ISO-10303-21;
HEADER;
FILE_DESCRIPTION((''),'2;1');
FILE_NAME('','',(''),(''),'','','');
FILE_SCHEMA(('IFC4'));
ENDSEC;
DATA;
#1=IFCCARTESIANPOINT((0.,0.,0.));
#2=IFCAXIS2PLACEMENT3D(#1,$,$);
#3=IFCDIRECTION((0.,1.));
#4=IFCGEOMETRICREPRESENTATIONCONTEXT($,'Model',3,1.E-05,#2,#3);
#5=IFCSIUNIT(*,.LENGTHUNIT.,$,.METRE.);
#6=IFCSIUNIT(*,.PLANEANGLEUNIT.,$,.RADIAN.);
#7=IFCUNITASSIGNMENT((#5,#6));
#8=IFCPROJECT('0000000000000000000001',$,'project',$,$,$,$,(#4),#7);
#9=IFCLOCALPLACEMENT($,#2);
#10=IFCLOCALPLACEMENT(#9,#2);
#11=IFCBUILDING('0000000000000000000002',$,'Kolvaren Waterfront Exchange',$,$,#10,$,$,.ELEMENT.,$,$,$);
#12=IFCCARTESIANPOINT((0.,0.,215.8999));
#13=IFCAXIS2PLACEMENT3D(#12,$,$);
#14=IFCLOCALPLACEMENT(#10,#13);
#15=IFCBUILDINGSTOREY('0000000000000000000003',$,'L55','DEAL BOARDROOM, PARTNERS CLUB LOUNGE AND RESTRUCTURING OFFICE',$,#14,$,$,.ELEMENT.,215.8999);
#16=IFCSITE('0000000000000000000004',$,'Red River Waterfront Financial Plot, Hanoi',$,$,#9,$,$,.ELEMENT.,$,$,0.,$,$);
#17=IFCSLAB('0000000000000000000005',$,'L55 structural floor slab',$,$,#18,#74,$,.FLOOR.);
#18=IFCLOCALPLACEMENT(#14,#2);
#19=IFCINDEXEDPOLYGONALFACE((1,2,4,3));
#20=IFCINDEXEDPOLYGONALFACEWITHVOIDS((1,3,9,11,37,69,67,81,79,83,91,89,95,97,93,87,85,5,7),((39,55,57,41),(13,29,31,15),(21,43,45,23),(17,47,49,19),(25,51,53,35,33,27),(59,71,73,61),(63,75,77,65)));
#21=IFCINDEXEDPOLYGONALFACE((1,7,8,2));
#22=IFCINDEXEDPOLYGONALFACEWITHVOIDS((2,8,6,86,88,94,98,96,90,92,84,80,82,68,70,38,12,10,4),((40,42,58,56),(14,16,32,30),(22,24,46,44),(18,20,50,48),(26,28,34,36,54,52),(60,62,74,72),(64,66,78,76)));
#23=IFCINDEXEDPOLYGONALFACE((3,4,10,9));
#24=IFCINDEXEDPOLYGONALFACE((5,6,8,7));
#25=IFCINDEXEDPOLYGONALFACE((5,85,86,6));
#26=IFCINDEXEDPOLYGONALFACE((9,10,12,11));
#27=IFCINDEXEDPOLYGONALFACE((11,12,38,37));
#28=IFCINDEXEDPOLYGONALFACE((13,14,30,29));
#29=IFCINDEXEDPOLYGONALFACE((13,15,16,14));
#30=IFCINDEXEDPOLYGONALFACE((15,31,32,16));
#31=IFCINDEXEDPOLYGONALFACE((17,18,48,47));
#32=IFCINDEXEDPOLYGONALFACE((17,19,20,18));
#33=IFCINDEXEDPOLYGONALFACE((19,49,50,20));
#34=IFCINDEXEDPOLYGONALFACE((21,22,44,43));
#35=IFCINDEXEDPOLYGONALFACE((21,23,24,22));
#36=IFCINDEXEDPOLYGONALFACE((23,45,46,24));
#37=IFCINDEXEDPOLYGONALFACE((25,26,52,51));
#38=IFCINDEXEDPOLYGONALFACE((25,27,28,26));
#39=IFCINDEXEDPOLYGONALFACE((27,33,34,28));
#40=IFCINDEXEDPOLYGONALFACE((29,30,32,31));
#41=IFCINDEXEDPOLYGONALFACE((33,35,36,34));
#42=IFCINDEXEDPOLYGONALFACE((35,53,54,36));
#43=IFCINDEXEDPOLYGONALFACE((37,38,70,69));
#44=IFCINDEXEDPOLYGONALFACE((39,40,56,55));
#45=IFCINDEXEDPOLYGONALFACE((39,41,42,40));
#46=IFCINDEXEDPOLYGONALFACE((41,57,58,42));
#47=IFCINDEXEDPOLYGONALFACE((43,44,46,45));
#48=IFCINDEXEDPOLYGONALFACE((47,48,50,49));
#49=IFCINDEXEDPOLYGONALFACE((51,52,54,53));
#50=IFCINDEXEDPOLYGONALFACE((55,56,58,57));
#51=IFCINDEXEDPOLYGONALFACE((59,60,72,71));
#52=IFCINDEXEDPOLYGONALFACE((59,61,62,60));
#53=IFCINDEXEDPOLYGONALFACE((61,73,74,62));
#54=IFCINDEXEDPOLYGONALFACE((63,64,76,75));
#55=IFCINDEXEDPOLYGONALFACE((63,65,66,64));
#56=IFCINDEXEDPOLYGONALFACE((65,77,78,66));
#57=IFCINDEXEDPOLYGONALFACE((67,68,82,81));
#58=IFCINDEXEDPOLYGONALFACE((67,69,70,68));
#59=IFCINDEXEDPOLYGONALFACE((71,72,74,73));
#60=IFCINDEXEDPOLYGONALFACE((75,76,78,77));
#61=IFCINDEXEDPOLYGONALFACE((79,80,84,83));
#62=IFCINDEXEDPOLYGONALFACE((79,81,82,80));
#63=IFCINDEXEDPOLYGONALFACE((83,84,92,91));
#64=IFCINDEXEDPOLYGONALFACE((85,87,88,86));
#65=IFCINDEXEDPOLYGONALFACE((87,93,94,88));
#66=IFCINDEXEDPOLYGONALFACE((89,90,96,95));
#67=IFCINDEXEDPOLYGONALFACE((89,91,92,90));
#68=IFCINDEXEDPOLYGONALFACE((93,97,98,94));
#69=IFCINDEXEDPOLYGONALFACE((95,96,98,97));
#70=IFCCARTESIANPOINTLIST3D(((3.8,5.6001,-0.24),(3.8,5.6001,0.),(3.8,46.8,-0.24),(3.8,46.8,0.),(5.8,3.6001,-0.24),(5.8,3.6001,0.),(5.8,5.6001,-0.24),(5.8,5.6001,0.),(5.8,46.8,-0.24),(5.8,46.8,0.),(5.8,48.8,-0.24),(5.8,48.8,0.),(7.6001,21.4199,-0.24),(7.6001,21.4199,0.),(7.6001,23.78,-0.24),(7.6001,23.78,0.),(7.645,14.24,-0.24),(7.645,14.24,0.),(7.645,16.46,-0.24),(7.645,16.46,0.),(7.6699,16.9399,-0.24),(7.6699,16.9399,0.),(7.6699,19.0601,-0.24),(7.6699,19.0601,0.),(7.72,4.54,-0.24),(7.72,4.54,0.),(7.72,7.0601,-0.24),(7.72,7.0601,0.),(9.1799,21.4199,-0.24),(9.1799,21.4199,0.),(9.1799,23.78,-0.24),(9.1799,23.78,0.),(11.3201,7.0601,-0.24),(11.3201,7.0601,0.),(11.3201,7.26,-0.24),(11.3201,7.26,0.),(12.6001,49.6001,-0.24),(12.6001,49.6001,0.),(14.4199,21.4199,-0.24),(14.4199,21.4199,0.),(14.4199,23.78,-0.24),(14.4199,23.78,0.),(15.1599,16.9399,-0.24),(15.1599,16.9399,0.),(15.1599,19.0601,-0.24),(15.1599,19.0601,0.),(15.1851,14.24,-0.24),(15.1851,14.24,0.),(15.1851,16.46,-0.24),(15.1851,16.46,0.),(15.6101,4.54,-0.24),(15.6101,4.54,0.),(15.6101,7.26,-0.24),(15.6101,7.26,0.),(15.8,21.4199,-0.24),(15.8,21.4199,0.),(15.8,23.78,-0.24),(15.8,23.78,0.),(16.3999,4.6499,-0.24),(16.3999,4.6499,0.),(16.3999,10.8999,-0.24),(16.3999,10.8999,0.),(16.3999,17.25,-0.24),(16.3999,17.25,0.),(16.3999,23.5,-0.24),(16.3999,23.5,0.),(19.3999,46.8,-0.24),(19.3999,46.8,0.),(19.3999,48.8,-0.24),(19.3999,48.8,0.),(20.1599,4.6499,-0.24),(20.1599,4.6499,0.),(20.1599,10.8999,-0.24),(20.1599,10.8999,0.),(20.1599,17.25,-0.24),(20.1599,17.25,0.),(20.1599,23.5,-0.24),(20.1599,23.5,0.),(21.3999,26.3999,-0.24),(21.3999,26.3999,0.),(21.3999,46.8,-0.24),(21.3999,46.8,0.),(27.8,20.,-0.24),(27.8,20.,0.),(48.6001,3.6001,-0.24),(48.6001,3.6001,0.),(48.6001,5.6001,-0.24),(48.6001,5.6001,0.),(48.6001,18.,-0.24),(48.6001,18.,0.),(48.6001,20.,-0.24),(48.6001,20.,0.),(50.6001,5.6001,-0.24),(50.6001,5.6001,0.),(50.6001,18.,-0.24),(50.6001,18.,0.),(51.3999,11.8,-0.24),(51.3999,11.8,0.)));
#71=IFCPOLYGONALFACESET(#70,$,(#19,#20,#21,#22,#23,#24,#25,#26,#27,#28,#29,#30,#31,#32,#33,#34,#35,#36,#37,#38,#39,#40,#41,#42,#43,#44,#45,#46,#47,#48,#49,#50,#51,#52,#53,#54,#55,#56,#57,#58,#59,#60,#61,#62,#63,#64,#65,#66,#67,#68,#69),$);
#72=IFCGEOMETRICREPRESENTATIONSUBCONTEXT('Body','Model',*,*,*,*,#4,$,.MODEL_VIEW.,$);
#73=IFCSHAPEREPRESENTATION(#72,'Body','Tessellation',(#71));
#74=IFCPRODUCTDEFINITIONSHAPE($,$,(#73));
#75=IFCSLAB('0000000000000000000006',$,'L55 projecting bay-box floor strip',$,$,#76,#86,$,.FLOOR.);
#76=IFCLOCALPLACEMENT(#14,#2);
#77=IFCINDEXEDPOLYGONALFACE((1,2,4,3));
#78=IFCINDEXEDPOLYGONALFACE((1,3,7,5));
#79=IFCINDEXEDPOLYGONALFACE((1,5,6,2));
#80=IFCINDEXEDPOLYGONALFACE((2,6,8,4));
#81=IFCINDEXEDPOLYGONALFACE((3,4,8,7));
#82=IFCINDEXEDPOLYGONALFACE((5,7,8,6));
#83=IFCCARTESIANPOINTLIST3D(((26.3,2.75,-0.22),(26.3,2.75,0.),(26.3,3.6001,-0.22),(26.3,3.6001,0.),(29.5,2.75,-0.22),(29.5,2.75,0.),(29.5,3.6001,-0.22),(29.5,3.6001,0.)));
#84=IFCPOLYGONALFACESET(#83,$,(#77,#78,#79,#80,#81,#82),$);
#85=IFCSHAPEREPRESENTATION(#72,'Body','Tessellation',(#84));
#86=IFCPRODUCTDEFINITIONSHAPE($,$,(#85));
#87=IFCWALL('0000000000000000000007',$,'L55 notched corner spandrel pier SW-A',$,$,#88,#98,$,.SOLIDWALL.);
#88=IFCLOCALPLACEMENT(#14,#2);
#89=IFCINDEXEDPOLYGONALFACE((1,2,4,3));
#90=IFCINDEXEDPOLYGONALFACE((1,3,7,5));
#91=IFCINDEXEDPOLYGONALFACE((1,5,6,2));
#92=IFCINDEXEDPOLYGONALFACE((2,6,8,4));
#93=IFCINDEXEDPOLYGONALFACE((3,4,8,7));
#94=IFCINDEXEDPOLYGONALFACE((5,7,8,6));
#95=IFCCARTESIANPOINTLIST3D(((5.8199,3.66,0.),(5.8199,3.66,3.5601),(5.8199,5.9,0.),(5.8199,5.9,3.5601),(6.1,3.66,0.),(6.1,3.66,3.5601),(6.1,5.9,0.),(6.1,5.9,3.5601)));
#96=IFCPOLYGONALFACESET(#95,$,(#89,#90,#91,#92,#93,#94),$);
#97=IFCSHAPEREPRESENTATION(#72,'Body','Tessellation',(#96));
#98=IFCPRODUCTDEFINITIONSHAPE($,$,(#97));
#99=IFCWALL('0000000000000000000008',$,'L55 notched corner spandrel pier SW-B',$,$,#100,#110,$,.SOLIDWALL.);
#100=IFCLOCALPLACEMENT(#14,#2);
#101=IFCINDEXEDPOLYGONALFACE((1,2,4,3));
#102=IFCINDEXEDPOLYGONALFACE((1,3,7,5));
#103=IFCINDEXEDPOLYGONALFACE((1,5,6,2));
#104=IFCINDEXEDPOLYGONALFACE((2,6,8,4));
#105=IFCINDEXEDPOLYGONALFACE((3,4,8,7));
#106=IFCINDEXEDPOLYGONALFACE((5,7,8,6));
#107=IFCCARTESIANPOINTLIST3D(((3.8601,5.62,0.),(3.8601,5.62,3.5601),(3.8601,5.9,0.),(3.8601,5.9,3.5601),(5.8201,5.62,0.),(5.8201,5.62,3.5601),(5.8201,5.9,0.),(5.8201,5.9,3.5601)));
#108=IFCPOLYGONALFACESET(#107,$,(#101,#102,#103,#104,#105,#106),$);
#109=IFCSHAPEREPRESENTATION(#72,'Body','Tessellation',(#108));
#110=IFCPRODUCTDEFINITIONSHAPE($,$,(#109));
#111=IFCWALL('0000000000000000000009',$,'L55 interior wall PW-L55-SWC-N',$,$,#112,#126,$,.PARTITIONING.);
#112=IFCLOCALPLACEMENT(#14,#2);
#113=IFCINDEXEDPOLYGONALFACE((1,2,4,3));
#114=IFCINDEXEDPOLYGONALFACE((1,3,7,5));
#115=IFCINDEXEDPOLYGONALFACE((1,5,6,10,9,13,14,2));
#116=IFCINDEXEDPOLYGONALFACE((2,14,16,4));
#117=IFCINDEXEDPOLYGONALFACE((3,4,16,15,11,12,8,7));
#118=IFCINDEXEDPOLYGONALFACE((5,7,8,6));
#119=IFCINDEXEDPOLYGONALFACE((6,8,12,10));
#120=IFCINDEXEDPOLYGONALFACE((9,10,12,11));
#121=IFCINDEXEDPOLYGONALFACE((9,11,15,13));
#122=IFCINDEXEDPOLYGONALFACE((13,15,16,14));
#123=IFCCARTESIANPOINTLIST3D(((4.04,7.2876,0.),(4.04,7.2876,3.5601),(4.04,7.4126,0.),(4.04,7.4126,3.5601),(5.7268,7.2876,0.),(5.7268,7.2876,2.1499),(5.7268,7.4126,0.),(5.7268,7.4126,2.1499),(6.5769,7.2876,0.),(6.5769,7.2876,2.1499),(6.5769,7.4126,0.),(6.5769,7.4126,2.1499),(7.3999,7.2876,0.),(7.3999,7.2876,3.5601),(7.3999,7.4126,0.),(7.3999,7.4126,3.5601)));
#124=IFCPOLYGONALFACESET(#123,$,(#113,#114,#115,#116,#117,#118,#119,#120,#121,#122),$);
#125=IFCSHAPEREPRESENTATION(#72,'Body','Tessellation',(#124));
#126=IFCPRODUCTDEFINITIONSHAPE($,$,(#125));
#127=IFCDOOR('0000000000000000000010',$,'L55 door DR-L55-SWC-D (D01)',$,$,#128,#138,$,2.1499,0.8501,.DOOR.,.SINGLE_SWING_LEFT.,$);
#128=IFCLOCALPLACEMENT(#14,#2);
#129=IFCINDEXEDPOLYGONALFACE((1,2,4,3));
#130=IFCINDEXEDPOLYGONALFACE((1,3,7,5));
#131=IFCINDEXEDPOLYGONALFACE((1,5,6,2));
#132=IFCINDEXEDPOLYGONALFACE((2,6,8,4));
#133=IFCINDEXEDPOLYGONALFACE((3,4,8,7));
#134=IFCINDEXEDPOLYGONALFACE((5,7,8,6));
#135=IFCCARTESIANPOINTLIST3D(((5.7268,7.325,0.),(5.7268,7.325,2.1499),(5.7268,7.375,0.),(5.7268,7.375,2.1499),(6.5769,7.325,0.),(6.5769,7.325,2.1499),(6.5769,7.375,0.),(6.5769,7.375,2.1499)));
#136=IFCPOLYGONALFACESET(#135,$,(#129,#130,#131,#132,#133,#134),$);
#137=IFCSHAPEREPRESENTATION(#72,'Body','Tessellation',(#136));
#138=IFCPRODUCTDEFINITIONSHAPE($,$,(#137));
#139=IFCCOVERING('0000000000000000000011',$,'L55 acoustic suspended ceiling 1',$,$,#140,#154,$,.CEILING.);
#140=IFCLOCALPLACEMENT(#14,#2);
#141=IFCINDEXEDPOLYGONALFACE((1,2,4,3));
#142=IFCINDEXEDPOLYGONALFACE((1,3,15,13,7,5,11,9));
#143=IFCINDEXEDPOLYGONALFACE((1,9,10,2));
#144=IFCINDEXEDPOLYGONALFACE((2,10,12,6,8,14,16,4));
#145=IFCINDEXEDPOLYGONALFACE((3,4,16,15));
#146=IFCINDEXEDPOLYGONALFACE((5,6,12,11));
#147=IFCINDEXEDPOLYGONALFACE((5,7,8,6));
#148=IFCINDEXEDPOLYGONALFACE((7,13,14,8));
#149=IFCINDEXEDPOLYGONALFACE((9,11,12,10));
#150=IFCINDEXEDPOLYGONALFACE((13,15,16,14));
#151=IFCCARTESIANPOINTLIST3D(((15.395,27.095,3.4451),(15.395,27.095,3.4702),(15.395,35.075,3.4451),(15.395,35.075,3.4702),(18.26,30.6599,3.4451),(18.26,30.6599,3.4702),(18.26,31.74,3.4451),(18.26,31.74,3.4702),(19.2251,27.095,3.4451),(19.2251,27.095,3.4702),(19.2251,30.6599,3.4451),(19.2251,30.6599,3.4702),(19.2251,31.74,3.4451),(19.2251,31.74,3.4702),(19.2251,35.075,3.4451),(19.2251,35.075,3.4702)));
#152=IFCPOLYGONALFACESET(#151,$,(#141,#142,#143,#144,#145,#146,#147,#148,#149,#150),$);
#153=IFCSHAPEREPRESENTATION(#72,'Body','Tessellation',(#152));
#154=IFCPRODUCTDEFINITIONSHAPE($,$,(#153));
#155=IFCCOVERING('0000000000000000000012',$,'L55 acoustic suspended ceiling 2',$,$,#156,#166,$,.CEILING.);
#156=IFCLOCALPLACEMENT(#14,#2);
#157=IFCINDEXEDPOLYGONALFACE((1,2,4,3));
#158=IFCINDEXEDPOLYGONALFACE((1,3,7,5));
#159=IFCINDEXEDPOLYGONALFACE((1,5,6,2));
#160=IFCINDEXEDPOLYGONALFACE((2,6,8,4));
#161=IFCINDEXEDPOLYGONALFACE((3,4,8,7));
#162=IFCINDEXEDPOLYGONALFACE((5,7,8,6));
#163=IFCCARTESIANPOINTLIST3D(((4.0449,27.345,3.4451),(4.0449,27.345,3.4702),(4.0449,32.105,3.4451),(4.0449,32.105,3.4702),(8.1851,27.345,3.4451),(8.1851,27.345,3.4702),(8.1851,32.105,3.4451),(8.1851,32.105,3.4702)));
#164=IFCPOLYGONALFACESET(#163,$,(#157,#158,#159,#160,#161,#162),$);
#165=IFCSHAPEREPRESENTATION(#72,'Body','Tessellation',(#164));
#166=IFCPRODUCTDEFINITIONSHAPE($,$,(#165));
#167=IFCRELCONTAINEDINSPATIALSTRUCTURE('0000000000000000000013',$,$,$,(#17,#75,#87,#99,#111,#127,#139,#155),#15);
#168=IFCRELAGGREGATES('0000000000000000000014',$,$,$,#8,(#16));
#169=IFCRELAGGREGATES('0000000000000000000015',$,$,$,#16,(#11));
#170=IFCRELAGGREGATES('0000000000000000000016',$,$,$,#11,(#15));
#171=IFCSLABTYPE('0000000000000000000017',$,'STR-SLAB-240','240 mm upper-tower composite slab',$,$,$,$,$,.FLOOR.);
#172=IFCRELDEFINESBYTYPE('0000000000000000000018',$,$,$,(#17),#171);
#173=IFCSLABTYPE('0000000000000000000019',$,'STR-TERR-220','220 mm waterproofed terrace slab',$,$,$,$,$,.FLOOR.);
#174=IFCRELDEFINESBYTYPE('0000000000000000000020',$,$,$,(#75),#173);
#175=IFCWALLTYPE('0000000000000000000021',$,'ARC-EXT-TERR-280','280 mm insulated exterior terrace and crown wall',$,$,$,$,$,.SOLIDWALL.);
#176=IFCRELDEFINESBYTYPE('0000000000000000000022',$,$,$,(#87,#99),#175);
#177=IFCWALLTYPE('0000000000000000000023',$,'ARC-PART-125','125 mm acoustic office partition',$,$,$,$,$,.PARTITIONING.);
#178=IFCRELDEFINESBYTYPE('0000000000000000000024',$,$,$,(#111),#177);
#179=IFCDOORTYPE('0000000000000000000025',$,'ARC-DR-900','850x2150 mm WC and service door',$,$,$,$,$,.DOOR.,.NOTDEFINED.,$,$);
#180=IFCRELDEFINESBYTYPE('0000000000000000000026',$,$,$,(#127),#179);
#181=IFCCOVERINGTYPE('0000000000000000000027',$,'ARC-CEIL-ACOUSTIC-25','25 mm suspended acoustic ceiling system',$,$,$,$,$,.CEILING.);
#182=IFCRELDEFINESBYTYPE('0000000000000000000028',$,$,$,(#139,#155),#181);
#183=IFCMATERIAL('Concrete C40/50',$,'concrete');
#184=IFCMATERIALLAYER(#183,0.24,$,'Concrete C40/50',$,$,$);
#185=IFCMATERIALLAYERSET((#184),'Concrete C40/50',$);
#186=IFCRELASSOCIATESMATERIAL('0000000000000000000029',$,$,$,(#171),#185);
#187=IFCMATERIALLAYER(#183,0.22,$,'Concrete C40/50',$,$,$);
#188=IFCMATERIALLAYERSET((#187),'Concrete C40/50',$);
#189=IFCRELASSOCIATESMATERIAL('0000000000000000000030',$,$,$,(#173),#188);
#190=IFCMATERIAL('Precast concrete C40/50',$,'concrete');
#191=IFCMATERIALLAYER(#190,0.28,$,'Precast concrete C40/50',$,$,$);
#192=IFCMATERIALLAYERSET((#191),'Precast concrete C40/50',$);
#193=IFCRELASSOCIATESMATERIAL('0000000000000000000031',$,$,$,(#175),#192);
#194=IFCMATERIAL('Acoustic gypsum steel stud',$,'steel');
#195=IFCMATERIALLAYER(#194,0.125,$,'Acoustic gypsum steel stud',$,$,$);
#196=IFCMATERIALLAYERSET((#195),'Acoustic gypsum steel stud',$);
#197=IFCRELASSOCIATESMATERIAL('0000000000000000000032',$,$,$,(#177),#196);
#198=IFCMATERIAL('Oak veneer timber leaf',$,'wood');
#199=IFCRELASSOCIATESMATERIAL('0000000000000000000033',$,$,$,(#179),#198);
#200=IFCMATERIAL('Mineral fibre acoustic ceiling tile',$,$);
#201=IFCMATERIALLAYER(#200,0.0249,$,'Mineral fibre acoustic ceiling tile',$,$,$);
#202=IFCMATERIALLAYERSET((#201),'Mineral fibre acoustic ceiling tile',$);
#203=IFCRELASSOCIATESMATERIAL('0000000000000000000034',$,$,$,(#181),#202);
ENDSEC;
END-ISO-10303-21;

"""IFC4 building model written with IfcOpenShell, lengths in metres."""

from ifc_helpers import new_model, si_unit, direction, frame, frame_2d, origin, place, context, subcontext, project, spatial, polyline, rectangle, outline, extrude, material, layer, layer_set, type_object, element, fill, save


model = new_model("IFC4")

# Units and contexts
model_context = context("Model", 3, precision=1e-05, world=origin(), true_north=direction((0.0, 1.0)))
body_context = subcontext(model_context, "Body", "Model", "MODEL_VIEW")
ifc_project = project(units=[si_unit("LENGTHUNIT", "METRE"), si_unit("PLANEANGLEUNIT", "RADIAN")], contexts=[model_context])

# Site, building, storey
site_placement = place(None, origin())
site = spatial("IfcSite", under=ifc_project, at=site_placement, Name="Red River Waterfront Financial Plot, Hanoi", CompositionType="ELEMENT", RefElevation=0.0)
building_placement = place(site_placement, origin())
building = spatial("IfcBuilding", under=site, at=building_placement, Name="Kolvaren Waterfront Exchange", CompositionType="ELEMENT")
storey_placement = place(building_placement, frame((0.0, 0.0, 215.8999)))
storey = spatial("IfcBuildingStorey", under=building, at=storey_placement, Name="L55", Description="DEAL BOARDROOM, PARTNERS CLUB LOUNGE AND RESTRUCTURING OFFICE", CompositionType="ELEMENT", Elevation=215.8999)

# Shared definitions
ifc_material_1 = material(Name="Concrete C40/50", Category="concrete")

# Slabs
ifc_layer_1 = layer(ifc_material_1, 0.24, Name="Concrete C40/50")
ifc_layer_set_1 = layer_set([ifc_layer_1], Name="Concrete C40/50")
slab_type_1 = type_object("IfcSlabType", Name="STR-SLAB-240", Description="240 mm upper-tower composite slab", PredefinedType="FLOOR", material=ifc_layer_set_1)
slab_1_placement = place(storey_placement, frame((0.0, 0.0, -0.24)))
element("IfcSlab", 1, at=slab_1_placement, inside=storey, type_object=slab_type_1, Name="L55 structural floor slab", PredefinedType="FLOOR", context=body_context, shape_type="SweptSolid", body=[
    extrude(outline(polyline([(5.8, 3.6001), (48.6001, 3.6001), (48.6001, 5.6001), (50.6001, 5.6001), (51.3999, 11.8), (50.6001, 18.0), (48.6001, 18.0), (48.6001, 20.0), (27.8, 20.0), (21.3999, 26.3999), (21.3999, 46.8), (19.3999, 46.8), (19.3999, 48.8), (12.6001, 49.6001), (5.8, 48.8), (5.8, 46.8), (3.8, 46.8), (3.8, 5.6001), (5.8, 5.6001), (5.8, 3.6001)]), holes=[polyline([(11.3201, 7.26), (15.6101, 7.26), (15.6101, 4.54), (7.72, 4.54), (7.72, 7.0601), (11.3201, 7.0601), (11.3201, 7.26)]), polyline([(20.1599, 10.8999), (20.1599, 4.6499), (16.3999, 4.6499), (16.3999, 10.8999), (20.1599, 10.8999)]), polyline([(15.1851, 14.24), (7.645, 14.24), (7.645, 16.46), (15.1851, 16.46), (15.1851, 14.24)]), polyline([(15.1599, 16.9399), (7.6699, 16.9399), (7.6699, 19.0601), (15.1599, 19.0601), (15.1599, 16.9399)]), polyline([(16.3999, 17.25), (16.3999, 23.5), (20.1599, 23.5), (20.1599, 17.25), (16.3999, 17.25)]), polyline([(7.6001, 23.78), (9.1799, 23.78), (9.1799, 21.4199), (7.6001, 21.4199), (7.6001, 23.78)]), polyline([(14.4199, 23.78), (15.8, 23.78), (15.8, 21.4199), (14.4199, 21.4199), (14.4199, 23.78)])]), origin(), (0.0, 0.0, 1.0), 0.24),
])
ifc_layer_2 = layer(ifc_material_1, 0.22, Name="Concrete C40/50")
ifc_layer_set_2 = layer_set([ifc_layer_2], Name="Concrete C40/50")
slab_type_2 = type_object("IfcSlabType", Name="STR-TERR-220", Description="220 mm waterproofed terrace slab", PredefinedType="FLOOR", material=ifc_layer_set_2)
slab_2_placement = place(storey_placement, frame((0.0, 0.0, -0.22)))
element("IfcSlab", 2, at=slab_2_placement, inside=storey, type_object=slab_type_2, Name="L55 projecting bay-box floor strip", PredefinedType="FLOOR", context=body_context, shape_type="SweptSolid", body=[
    extrude(outline(polyline([(26.3, 2.75), (29.5, 2.75), (29.5, 3.6001), (26.3, 3.6001), (26.3, 2.75)])), origin(), (0.0, 0.0, 1.0), 0.22),
])

# Walls
ifc_material_2 = material(Name="Precast concrete C40/50", Category="concrete")
ifc_layer_3 = layer(ifc_material_2, 0.28, Name="Precast concrete C40/50")
ifc_layer_set_3 = layer_set([ifc_layer_3], Name="Precast concrete C40/50")
wall_type_1 = type_object("IfcWallType", Name="ARC-EXT-TERR-280", Description="280 mm insulated exterior terrace and crown wall", PredefinedType="SOLIDWALL", material=ifc_layer_set_3)
wall_1_placement = place(storey_placement, frame((5.96, 3.6599, 0.0), z_axis=(0.0, 0.0, 1.0), x_axis=(0.0, 1.0, 0.0)))
element("IfcWall", 3, at=wall_1_placement, inside=storey, type_object=wall_type_1, Name="L55 notched corner spandrel pier SW-A", PredefinedType="SOLIDWALL", context=body_context, shape_type="SweptSolid", body=[
    extrude(rectangle(XDim=2.24, YDim=0.28, at=frame_2d((1.1201, 0.0))), origin(), (0.0, 0.0, 1.0), 3.5601),
])
wall_2_placement = place(storey_placement, frame((3.8601, 5.76, 0.0), z_axis=(0.0, 0.0, 1.0), x_axis=(1.0, 0.0, 0.0)))
element("IfcWall", 4, at=wall_2_placement, inside=storey, type_object=wall_type_1, Name="L55 notched corner spandrel pier SW-B", PredefinedType="SOLIDWALL", context=body_context, shape_type="SweptSolid", body=[
    extrude(rectangle(XDim=1.96, YDim=0.28, at=frame_2d((0.98, 0.0))), origin(), (0.0, 0.0, 1.0), 3.5601),
])

# Wall, opening, door
ifc_material_3 = material(Name="Acoustic gypsum steel stud", Category="steel")
ifc_layer_4 = layer(ifc_material_3, 0.125, Name="Acoustic gypsum steel stud")
ifc_layer_set_4 = layer_set([ifc_layer_4], Name="Acoustic gypsum steel stud")
wall_type_2 = type_object("IfcWallType", Name="ARC-PART-125", Description="125 mm acoustic office partition", PredefinedType="PARTITIONING", material=ifc_layer_set_4)
wall_3_placement = place(storey_placement, frame((4.04, 7.3501, 0.0), z_axis=(0.0, 0.0, 1.0), x_axis=(1.0, 0.0, 0.0)))
wall_3 = element("IfcWall", 5, at=wall_3_placement, inside=storey, type_object=wall_type_2, Name="L55 interior wall PW-L55-SWC-N", PredefinedType="PARTITIONING", context=body_context, shape_type="SweptSolid", body=[
    extrude(rectangle(XDim=3.3599, YDim=0.125, at=frame_2d((1.6799, 0.0))), origin(), (0.0, 0.0, 1.0), 3.5601),
])
opening_placement = place(wall_3_placement, frame((1.6868, 0.0, 0.0)))
opening = element("IfcOpeningElement", 6, at=opening_placement, cuts=wall_3, PredefinedType="OPENING", context=body_context, shape_type="SweptSolid", body=[
    extrude(rectangle(XDim=0.8501, YDim=2.1499, at=frame_2d((0.425, 1.075))), frame((0.0, 0.0725, 0.0), z_axis=(0.0, -1.0, 0.0), x_axis=(1.0, 0.0, 0.0)), (0.0, 0.0, 1.0), 0.145),
])
ifc_material_4 = material(Name="Oak veneer timber leaf", Category="wood")
door_type = type_object("IfcDoorType", Name="ARC-DR-900", Description="850x2150 mm WC and service door", OperationType="NOTDEFINED", PredefinedType="DOOR", material=ifc_material_4)
door_placement = place(opening_placement, origin())
door = element("IfcDoor", 7, at=door_placement, inside=storey, type_object=door_type, Name="L55 door DR-L55-SWC-D (D01)", OperationType="SINGLE_SWING_LEFT", OverallHeight=2.1499, OverallWidth=0.8501, PredefinedType="DOOR", context=body_context, shape_type="SweptSolid", body=[
    extrude(rectangle(XDim=0.8501, YDim=2.1499, at=frame_2d((0.425, 1.075))), frame((0.0, 0.0249, 0.0), z_axis=(0.0, -1.0, 0.0), x_axis=(1.0, 0.0, 0.0)), (0.0, 0.0, 1.0), 0.05),
])
fill(opening, door)

# Coverings
ifc_material_5 = material(Name="Mineral fibre acoustic ceiling tile")
ifc_layer_5 = layer(ifc_material_5, 0.0249, Name="Mineral fibre acoustic ceiling tile")
ifc_layer_set_5 = layer_set([ifc_layer_5], Name="Mineral fibre acoustic ceiling tile")
covering_type_1 = type_object("IfcCoveringType", Name="ARC-CEIL-ACOUSTIC-25", Description="25 mm suspended acoustic ceiling system", PredefinedType="CEILING", material=ifc_layer_set_5)
covering_1_placement = place(storey_placement, frame((0.0, 0.0, 3.4451)))
element("IfcCovering", 8, at=covering_1_placement, inside=storey, type_object=covering_type_1, Name="L55 acoustic suspended ceiling 1", PredefinedType="CEILING", context=body_context, shape_type="SweptSolid", body=[
    extrude(outline(polyline([(19.2251, 30.6599), (18.26, 30.6599), (18.26, 31.74), (19.2251, 31.74), (19.2251, 35.075), (15.395, 35.075), (15.395, 27.095), (19.2251, 27.095), (19.2251, 30.6599)])), origin(), (0.0, 0.0, 1.0), 0.0251),
])
covering_2_placement = place(storey_placement, frame((0.0, 0.0, 3.4451)))
element("IfcCovering", 9, at=covering_2_placement, inside=storey, type_object=covering_type_1, Name="L55 acoustic suspended ceiling 2", PredefinedType="CEILING", context=body_context, shape_type="SweptSolid", body=[
    extrude(outline(polyline([(8.1851, 27.345), (8.1851, 32.105), (4.0449, 32.105), (4.0449, 27.345), (8.1851, 27.345)])), origin(), (0.0, 0.0, 1.0), 0.0251),
])

save(model, "model.ifc")
